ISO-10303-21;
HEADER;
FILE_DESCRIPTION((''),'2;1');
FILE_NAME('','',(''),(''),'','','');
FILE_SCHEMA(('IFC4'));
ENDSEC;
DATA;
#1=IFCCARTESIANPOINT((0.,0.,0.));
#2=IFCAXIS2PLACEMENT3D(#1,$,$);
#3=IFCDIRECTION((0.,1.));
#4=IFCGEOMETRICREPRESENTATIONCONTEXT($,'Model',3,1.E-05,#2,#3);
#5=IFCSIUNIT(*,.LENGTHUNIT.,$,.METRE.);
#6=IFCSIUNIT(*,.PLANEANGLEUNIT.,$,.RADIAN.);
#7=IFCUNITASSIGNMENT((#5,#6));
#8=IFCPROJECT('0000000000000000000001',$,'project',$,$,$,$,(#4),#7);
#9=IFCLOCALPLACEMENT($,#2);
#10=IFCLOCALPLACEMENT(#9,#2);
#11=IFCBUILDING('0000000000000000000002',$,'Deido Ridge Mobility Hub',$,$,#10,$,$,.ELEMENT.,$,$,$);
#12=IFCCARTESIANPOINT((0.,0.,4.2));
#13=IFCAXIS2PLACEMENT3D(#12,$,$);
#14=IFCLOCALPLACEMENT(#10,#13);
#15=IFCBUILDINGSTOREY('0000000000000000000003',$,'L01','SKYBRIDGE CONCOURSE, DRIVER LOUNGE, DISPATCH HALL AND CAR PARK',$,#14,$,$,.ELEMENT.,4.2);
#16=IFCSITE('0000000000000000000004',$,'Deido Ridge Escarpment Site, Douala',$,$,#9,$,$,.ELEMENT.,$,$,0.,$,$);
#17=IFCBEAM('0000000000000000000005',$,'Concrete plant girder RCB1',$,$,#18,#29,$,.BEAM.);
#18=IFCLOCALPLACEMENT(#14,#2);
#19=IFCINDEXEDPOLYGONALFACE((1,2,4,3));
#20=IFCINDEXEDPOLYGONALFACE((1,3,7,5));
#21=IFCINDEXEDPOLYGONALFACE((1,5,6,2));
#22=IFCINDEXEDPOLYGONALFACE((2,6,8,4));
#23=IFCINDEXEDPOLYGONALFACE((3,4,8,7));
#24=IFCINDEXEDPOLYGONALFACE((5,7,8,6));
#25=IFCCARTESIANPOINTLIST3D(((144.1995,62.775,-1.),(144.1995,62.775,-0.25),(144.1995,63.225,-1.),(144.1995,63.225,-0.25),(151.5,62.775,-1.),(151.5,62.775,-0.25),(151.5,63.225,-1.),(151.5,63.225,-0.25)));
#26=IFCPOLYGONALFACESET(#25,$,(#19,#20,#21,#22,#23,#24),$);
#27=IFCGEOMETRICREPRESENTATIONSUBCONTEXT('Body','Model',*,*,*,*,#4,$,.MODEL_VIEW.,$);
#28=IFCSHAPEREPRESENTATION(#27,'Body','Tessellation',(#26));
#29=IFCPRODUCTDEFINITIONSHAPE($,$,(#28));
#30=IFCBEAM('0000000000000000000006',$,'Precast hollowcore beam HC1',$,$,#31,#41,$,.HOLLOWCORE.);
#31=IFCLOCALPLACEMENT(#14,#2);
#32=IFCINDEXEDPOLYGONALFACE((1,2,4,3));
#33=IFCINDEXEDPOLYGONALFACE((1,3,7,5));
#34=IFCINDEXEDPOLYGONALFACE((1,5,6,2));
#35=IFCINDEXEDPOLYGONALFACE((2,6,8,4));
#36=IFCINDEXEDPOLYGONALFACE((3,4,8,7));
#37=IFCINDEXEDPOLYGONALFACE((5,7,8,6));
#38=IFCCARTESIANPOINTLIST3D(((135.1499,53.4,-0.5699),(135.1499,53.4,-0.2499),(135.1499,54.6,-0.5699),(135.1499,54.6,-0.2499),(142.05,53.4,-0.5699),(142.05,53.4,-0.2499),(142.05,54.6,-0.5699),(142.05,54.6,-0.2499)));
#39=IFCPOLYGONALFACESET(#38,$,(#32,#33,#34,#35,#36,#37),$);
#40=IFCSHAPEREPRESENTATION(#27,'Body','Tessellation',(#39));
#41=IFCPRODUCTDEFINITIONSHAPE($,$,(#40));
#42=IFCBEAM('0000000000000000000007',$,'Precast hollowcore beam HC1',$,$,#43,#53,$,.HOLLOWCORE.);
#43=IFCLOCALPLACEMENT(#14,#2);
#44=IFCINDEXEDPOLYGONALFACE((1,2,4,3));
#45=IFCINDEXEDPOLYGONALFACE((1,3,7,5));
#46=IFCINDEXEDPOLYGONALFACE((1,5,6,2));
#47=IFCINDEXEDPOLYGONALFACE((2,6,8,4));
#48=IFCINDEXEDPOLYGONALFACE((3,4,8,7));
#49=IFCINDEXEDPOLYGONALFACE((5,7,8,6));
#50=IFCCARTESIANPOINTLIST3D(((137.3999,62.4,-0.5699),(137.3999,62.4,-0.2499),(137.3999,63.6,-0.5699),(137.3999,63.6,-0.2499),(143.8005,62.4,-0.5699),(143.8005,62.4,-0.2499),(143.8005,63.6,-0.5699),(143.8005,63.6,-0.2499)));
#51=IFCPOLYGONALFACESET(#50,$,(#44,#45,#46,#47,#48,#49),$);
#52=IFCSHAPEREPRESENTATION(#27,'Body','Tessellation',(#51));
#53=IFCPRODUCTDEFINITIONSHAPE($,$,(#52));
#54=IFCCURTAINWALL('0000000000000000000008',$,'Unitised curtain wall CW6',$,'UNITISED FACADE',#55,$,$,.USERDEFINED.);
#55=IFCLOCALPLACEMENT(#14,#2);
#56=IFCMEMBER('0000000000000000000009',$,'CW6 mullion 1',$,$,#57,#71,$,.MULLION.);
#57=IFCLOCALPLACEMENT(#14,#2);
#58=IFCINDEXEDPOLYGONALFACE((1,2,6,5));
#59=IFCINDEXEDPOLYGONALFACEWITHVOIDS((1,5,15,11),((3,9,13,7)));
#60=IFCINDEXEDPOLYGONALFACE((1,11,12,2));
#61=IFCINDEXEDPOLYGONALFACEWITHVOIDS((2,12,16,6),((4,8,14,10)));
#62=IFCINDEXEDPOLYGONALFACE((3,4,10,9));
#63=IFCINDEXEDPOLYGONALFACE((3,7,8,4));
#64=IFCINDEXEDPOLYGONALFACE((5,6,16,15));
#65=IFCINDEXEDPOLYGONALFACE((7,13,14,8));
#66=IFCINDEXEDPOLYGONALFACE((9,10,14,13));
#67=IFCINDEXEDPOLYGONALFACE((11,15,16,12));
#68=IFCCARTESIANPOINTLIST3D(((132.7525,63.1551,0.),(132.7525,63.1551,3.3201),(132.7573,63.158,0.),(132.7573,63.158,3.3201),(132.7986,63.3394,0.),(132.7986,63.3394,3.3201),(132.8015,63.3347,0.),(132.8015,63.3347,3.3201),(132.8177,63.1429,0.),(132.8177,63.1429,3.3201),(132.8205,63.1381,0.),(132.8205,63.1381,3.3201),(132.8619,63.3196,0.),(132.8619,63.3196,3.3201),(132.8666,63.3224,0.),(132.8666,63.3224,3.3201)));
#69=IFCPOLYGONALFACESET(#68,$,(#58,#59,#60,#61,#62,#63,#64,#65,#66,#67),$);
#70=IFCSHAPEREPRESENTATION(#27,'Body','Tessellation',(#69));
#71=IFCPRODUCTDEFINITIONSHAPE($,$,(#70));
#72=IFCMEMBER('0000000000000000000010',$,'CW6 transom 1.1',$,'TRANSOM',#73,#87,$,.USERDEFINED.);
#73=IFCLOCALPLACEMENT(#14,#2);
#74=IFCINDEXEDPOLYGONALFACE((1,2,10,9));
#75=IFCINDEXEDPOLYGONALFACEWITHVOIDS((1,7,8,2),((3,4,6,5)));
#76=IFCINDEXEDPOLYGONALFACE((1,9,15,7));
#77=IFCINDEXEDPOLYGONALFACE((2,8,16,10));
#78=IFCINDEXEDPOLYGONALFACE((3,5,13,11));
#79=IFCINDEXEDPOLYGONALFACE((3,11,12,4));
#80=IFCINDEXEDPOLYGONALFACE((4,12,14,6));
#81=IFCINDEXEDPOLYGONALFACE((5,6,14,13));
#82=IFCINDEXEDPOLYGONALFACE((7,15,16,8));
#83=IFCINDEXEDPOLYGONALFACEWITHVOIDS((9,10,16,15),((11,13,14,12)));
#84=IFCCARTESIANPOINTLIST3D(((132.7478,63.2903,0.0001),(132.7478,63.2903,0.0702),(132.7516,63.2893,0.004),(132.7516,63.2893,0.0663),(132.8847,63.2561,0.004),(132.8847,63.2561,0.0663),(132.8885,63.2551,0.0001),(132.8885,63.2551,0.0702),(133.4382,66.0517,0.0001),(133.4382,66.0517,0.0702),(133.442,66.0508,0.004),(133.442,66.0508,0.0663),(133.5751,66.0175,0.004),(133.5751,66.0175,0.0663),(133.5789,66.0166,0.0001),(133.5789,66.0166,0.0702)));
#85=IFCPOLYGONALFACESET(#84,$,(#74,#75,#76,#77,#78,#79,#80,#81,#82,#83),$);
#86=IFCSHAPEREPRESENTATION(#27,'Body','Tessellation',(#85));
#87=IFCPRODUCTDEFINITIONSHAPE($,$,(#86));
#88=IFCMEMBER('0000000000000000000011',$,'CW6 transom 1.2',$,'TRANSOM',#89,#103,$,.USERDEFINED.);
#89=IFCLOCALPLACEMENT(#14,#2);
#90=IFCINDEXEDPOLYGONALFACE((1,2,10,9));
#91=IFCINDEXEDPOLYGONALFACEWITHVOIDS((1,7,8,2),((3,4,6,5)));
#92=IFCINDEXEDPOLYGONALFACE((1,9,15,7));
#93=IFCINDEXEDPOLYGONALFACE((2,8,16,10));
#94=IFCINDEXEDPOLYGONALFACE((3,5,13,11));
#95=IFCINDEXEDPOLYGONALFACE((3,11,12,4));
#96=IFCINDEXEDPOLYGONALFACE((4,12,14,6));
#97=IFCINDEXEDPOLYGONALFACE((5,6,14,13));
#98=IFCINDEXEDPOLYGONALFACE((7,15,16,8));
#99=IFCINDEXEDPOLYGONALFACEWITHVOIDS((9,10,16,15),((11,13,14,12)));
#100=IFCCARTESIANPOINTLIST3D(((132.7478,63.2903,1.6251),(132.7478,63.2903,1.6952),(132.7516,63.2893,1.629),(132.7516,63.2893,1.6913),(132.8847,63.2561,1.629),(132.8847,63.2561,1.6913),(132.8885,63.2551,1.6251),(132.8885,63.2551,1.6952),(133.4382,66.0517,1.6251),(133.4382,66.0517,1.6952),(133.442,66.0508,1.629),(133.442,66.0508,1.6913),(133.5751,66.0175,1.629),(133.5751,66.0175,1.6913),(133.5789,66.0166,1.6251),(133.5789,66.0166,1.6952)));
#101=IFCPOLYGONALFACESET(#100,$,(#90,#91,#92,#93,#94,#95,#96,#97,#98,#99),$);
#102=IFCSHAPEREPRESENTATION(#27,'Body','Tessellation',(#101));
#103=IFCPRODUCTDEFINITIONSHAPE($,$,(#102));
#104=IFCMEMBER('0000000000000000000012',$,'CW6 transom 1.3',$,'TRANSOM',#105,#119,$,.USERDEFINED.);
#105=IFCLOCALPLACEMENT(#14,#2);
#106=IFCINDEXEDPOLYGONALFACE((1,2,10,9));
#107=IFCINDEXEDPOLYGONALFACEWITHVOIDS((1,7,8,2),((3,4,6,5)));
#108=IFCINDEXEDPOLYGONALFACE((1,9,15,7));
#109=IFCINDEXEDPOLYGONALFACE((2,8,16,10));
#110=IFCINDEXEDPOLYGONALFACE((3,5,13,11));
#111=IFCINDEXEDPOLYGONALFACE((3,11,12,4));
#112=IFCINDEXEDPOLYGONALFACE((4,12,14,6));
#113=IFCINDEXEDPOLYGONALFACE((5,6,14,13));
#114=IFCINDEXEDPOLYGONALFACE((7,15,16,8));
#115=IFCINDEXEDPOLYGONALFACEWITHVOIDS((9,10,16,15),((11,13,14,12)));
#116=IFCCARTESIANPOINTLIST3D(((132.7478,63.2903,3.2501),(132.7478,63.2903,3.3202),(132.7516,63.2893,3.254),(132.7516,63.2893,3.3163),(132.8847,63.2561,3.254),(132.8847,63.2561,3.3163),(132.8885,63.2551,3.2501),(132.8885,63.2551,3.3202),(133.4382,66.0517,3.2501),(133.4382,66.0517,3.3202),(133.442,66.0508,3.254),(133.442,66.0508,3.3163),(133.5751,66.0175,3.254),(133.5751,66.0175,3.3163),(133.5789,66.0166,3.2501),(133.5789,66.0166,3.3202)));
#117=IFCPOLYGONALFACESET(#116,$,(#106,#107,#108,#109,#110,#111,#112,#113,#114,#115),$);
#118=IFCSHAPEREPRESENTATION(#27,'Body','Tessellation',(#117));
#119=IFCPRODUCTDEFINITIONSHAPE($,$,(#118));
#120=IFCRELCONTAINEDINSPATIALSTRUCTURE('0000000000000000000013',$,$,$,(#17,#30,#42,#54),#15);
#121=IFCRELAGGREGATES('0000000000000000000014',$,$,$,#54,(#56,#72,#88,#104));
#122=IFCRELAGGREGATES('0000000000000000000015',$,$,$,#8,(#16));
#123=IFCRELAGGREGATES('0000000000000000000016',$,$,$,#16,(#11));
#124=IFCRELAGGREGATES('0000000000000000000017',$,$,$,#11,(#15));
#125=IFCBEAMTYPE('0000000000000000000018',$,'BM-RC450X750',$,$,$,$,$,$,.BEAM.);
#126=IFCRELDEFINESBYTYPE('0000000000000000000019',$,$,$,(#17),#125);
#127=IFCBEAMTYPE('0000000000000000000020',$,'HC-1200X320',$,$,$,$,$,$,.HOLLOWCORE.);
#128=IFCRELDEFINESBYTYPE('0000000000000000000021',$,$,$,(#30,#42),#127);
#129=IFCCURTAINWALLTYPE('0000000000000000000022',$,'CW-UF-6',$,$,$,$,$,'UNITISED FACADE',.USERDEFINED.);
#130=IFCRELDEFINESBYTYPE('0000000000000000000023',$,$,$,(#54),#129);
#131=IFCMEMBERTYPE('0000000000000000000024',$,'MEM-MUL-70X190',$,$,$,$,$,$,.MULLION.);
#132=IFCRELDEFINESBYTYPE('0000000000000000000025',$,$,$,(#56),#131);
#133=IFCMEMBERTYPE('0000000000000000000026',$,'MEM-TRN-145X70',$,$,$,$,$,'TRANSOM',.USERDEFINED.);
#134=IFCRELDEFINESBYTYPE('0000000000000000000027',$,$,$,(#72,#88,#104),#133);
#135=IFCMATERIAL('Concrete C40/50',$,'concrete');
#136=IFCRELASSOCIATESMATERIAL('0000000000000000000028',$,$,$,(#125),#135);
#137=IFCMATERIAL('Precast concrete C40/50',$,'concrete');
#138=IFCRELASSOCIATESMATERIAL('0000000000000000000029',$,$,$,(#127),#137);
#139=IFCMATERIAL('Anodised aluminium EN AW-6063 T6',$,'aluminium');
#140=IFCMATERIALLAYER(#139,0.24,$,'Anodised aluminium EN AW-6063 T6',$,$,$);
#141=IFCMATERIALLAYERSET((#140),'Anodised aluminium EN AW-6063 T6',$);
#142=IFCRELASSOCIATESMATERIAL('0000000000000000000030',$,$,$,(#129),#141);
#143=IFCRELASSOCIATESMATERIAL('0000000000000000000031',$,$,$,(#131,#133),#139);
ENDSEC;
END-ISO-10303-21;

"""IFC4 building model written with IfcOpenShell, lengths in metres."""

from ifc_helpers import new_model, si_unit, direction, frame, origin, origin_2d, place, context, subcontext, project, spatial, rectangle, hollow_rectangle, extrude, material, layer, layer_set, material_profile, profile_set, type_object, element, aggregate, save


model = new_model("IFC4")

# Units and contexts
model_context = context("Model", 3, precision=1e-05, world=origin(), true_north=direction((0.0, 1.0)))
body_context = subcontext(model_context, "Body", "Model", "MODEL_VIEW")
ifc_project = project(units=[si_unit("LENGTHUNIT", "METRE"), si_unit("PLANEANGLEUNIT", "RADIAN")], contexts=[model_context])

# Site, building, storey
site_placement = place(None, origin())
site = spatial("IfcSite", under=ifc_project, at=site_placement, Name="Deido Ridge Escarpment Site, Douala", CompositionType="ELEMENT", RefElevation=0.0)
building_placement = place(site_placement, origin())
building = spatial("IfcBuilding", under=site, at=building_placement, Name="Deido Ridge Mobility Hub", CompositionType="ELEMENT")
storey_placement = place(building_placement, frame((0.0, 0.0, 4.2)))
storey = spatial("IfcBuildingStorey", under=building, at=storey_placement, Name="L01", Description="SKYBRIDGE CONCOURSE, DRIVER LOUNGE, DISPATCH HALL AND CAR PARK", CompositionType="ELEMENT", Elevation=4.2)

# Beams
ifc_material_1 = material(Name="Concrete C40/50", Category="concrete")
ifc_material_profile_1 = material_profile(ifc_material_1, rectangle(XDim=0.45, YDim=0.75, at=origin_2d()), Name="RC BEAM 450x750")
ifc_profile_set_1 = profile_set([ifc_material_profile_1], Name="Concrete C40/50")
beam_type_1 = type_object("IfcBeamType", Name="BM-RC450X750", PredefinedType="BEAM", material=ifc_profile_set_1)
beam_1_placement = place(storey_placement, frame((144.1995, 63.0, -0.625), z_axis=(1.0, 0.0, 0.0), x_axis=(0.0, 1.0, 0.0)))
element("IfcBeam", 1, at=beam_1_placement, inside=storey, type_object=beam_type_1, Name="Concrete plant girder RCB1", PredefinedType="BEAM", context=body_context, shape_type="SweptSolid", body=[
    extrude(rectangle(XDim=0.45, YDim=0.75, at=origin_2d()), origin(), (0.0, 0.0, 1.0), 7.3005),
])
ifc_material_2 = material(Name="Precast concrete C40/50", Category="concrete")
ifc_material_profile_2 = material_profile(ifc_material_2, rectangle(XDim=1.2, YDim=0.3201, at=origin_2d()), Name="RC HC 1200x320")
ifc_profile_set_2 = profile_set([ifc_material_profile_2], Name="Precast concrete C40/50")
beam_type_2 = type_object("IfcBeamType", Name="HC-1200X320", PredefinedType="HOLLOWCORE", material=ifc_profile_set_2)
beam_2_placement = place(storey_placement, frame((135.1499, 54.0, -0.4099), z_axis=(1.0, 0.0, 0.0), x_axis=(0.0, 1.0, 0.0)))
element("IfcBeam", 2, at=beam_2_placement, inside=storey, type_object=beam_type_2, Name="Precast hollowcore beam HC1", PredefinedType="HOLLOWCORE", context=body_context, shape_type="SweptSolid", body=[
    extrude(rectangle(XDim=1.2, YDim=0.3201, at=origin_2d()), origin(), (0.0, 0.0, 1.0), 6.9001),
])
beam_3_placement = place(storey_placement, frame((137.3999, 63.0, -0.4099), z_axis=(1.0, 0.0, 0.0), x_axis=(0.0, 1.0, 0.0)))
element("IfcBeam", 3, at=beam_3_placement, inside=storey, type_object=beam_type_2, Name="Precast hollowcore beam HC1", PredefinedType="HOLLOWCORE", context=body_context, shape_type="SweptSolid", body=[
    extrude(rectangle(XDim=1.2, YDim=0.3201, at=origin_2d()), origin(), (0.0, 0.0, 1.0), 6.4006),
])

# Curtain wall, members
ifc_material_3 = material(Name="Anodised aluminium EN AW-6063 T6", Category="aluminium")
ifc_layer = layer(ifc_material_3, 0.24, Name="Anodised aluminium EN AW-6063 T6")
ifc_layer_set = layer_set([ifc_layer], Name="Anodised aluminium EN AW-6063 T6")
curtain_wall_type = type_object("IfcCurtainWallType", Name="CW-UF-6", ElementType="UNITISED FACADE", PredefinedType="USERDEFINED", material=ifc_layer_set)
curtain_wall_placement = place(storey_placement, origin())
curtain_wall = element("IfcCurtainWall", 4, at=curtain_wall_placement, inside=storey, type_object=curtain_wall_type, Name="Unitised curtain wall CW6", ObjectType="UNITISED FACADE", PredefinedType="USERDEFINED")
ifc_material_profile_3 = material_profile(ifc_material_3, hollow_rectangle(XDim=0.0701, YDim=0.1899, WallThickness=0.0039, at=origin_2d()), Name="RHS 70x190x4")
ifc_profile_set_3 = profile_set([ifc_material_profile_3], Name="Anodised aluminium EN AW-6063 T6")
member_type_1 = type_object("IfcMemberType", Name="MEM-MUL-70X190", PredefinedType="MULLION", material=ifc_profile_set_3)
member_1_placement = place(storey_placement, frame((132.8096, 63.2388, 0.0), z_axis=(0.0, 0.0, 1.0), x_axis=(-0.970144, 0.24253, 0.0)))
member_1 = element("IfcMember", 5, at=member_1_placement, type_object=member_type_1, Name="CW6 mullion 1", PredefinedType="MULLION", context=body_context, shape_type="SweptSolid", body=[
    extrude(hollow_rectangle(XDim=0.0701, YDim=0.1899, WallThickness=0.0039, at=origin_2d()), origin(), (0.0, 0.0, 1.0), 3.3201),
])
ifc_material_profile_4 = material_profile(ifc_material_3, hollow_rectangle(XDim=0.145, YDim=0.0701, WallThickness=0.0039, at=origin_2d()), Name="RHS 145x70x4")
ifc_profile_set_4 = profile_set([ifc_material_profile_4], Name="Anodised aluminium EN AW-6063 T6")
member_type_2 = type_object("IfcMemberType", Name="MEM-TRN-145X70", ElementType="TRANSOM", PredefinedType="USERDEFINED", material=ifc_profile_set_4)
member_2_placement = place(storey_placement, frame((132.8181, 63.2727, 0.0352), z_axis=(0.242556, 0.970137, 0.0), x_axis=(-0.970137, 0.242556, 0.0)))
member_2 = element("IfcMember", 6, at=member_2_placement, type_object=member_type_2, Name="CW6 transom 1.1", ObjectType="TRANSOM", PredefinedType="USERDEFINED", context=body_context, shape_type="SweptSolid", body=[
    extrude(hollow_rectangle(XDim=0.145, YDim=0.0701, WallThickness=0.0039, at=origin_2d()), origin(), (0.0, 0.0, 1.0), 2.8464),
])
member_3_placement = place(storey_placement, frame((132.8181, 63.2727, 1.6602), z_axis=(0.242556, 0.970137, 0.0), x_axis=(-0.970137, 0.242556, 0.0)))
member_3 = element("IfcMember", 7, at=member_3_placement, type_object=member_type_2, Name="CW6 transom 1.2", ObjectType="TRANSOM", PredefinedType="USERDEFINED", context=body_context, shape_type="SweptSolid", body=[
    extrude(hollow_rectangle(XDim=0.145, YDim=0.0701, WallThickness=0.0039, at=origin_2d()), origin(), (0.0, 0.0, 1.0), 2.8464),
])
member_4_placement = place(storey_placement, frame((132.8181, 63.2727, 3.2852), z_axis=(0.242556, 0.970137, 0.0), x_axis=(-0.970137, 0.242556, 0.0)))
member_4 = element("IfcMember", 8, at=member_4_placement, type_object=member_type_2, Name="CW6 transom 1.3", ObjectType="TRANSOM", PredefinedType="USERDEFINED", context=body_context, shape_type="SweptSolid", body=[
    extrude(hollow_rectangle(XDim=0.145, YDim=0.0701, WallThickness=0.0039, at=origin_2d()), origin(), (0.0, 0.0, 1.0), 2.8464),
])
aggregate(curtain_wall, [member_1, member_2, member_3, member_4])

save(model, "model.ifc")
